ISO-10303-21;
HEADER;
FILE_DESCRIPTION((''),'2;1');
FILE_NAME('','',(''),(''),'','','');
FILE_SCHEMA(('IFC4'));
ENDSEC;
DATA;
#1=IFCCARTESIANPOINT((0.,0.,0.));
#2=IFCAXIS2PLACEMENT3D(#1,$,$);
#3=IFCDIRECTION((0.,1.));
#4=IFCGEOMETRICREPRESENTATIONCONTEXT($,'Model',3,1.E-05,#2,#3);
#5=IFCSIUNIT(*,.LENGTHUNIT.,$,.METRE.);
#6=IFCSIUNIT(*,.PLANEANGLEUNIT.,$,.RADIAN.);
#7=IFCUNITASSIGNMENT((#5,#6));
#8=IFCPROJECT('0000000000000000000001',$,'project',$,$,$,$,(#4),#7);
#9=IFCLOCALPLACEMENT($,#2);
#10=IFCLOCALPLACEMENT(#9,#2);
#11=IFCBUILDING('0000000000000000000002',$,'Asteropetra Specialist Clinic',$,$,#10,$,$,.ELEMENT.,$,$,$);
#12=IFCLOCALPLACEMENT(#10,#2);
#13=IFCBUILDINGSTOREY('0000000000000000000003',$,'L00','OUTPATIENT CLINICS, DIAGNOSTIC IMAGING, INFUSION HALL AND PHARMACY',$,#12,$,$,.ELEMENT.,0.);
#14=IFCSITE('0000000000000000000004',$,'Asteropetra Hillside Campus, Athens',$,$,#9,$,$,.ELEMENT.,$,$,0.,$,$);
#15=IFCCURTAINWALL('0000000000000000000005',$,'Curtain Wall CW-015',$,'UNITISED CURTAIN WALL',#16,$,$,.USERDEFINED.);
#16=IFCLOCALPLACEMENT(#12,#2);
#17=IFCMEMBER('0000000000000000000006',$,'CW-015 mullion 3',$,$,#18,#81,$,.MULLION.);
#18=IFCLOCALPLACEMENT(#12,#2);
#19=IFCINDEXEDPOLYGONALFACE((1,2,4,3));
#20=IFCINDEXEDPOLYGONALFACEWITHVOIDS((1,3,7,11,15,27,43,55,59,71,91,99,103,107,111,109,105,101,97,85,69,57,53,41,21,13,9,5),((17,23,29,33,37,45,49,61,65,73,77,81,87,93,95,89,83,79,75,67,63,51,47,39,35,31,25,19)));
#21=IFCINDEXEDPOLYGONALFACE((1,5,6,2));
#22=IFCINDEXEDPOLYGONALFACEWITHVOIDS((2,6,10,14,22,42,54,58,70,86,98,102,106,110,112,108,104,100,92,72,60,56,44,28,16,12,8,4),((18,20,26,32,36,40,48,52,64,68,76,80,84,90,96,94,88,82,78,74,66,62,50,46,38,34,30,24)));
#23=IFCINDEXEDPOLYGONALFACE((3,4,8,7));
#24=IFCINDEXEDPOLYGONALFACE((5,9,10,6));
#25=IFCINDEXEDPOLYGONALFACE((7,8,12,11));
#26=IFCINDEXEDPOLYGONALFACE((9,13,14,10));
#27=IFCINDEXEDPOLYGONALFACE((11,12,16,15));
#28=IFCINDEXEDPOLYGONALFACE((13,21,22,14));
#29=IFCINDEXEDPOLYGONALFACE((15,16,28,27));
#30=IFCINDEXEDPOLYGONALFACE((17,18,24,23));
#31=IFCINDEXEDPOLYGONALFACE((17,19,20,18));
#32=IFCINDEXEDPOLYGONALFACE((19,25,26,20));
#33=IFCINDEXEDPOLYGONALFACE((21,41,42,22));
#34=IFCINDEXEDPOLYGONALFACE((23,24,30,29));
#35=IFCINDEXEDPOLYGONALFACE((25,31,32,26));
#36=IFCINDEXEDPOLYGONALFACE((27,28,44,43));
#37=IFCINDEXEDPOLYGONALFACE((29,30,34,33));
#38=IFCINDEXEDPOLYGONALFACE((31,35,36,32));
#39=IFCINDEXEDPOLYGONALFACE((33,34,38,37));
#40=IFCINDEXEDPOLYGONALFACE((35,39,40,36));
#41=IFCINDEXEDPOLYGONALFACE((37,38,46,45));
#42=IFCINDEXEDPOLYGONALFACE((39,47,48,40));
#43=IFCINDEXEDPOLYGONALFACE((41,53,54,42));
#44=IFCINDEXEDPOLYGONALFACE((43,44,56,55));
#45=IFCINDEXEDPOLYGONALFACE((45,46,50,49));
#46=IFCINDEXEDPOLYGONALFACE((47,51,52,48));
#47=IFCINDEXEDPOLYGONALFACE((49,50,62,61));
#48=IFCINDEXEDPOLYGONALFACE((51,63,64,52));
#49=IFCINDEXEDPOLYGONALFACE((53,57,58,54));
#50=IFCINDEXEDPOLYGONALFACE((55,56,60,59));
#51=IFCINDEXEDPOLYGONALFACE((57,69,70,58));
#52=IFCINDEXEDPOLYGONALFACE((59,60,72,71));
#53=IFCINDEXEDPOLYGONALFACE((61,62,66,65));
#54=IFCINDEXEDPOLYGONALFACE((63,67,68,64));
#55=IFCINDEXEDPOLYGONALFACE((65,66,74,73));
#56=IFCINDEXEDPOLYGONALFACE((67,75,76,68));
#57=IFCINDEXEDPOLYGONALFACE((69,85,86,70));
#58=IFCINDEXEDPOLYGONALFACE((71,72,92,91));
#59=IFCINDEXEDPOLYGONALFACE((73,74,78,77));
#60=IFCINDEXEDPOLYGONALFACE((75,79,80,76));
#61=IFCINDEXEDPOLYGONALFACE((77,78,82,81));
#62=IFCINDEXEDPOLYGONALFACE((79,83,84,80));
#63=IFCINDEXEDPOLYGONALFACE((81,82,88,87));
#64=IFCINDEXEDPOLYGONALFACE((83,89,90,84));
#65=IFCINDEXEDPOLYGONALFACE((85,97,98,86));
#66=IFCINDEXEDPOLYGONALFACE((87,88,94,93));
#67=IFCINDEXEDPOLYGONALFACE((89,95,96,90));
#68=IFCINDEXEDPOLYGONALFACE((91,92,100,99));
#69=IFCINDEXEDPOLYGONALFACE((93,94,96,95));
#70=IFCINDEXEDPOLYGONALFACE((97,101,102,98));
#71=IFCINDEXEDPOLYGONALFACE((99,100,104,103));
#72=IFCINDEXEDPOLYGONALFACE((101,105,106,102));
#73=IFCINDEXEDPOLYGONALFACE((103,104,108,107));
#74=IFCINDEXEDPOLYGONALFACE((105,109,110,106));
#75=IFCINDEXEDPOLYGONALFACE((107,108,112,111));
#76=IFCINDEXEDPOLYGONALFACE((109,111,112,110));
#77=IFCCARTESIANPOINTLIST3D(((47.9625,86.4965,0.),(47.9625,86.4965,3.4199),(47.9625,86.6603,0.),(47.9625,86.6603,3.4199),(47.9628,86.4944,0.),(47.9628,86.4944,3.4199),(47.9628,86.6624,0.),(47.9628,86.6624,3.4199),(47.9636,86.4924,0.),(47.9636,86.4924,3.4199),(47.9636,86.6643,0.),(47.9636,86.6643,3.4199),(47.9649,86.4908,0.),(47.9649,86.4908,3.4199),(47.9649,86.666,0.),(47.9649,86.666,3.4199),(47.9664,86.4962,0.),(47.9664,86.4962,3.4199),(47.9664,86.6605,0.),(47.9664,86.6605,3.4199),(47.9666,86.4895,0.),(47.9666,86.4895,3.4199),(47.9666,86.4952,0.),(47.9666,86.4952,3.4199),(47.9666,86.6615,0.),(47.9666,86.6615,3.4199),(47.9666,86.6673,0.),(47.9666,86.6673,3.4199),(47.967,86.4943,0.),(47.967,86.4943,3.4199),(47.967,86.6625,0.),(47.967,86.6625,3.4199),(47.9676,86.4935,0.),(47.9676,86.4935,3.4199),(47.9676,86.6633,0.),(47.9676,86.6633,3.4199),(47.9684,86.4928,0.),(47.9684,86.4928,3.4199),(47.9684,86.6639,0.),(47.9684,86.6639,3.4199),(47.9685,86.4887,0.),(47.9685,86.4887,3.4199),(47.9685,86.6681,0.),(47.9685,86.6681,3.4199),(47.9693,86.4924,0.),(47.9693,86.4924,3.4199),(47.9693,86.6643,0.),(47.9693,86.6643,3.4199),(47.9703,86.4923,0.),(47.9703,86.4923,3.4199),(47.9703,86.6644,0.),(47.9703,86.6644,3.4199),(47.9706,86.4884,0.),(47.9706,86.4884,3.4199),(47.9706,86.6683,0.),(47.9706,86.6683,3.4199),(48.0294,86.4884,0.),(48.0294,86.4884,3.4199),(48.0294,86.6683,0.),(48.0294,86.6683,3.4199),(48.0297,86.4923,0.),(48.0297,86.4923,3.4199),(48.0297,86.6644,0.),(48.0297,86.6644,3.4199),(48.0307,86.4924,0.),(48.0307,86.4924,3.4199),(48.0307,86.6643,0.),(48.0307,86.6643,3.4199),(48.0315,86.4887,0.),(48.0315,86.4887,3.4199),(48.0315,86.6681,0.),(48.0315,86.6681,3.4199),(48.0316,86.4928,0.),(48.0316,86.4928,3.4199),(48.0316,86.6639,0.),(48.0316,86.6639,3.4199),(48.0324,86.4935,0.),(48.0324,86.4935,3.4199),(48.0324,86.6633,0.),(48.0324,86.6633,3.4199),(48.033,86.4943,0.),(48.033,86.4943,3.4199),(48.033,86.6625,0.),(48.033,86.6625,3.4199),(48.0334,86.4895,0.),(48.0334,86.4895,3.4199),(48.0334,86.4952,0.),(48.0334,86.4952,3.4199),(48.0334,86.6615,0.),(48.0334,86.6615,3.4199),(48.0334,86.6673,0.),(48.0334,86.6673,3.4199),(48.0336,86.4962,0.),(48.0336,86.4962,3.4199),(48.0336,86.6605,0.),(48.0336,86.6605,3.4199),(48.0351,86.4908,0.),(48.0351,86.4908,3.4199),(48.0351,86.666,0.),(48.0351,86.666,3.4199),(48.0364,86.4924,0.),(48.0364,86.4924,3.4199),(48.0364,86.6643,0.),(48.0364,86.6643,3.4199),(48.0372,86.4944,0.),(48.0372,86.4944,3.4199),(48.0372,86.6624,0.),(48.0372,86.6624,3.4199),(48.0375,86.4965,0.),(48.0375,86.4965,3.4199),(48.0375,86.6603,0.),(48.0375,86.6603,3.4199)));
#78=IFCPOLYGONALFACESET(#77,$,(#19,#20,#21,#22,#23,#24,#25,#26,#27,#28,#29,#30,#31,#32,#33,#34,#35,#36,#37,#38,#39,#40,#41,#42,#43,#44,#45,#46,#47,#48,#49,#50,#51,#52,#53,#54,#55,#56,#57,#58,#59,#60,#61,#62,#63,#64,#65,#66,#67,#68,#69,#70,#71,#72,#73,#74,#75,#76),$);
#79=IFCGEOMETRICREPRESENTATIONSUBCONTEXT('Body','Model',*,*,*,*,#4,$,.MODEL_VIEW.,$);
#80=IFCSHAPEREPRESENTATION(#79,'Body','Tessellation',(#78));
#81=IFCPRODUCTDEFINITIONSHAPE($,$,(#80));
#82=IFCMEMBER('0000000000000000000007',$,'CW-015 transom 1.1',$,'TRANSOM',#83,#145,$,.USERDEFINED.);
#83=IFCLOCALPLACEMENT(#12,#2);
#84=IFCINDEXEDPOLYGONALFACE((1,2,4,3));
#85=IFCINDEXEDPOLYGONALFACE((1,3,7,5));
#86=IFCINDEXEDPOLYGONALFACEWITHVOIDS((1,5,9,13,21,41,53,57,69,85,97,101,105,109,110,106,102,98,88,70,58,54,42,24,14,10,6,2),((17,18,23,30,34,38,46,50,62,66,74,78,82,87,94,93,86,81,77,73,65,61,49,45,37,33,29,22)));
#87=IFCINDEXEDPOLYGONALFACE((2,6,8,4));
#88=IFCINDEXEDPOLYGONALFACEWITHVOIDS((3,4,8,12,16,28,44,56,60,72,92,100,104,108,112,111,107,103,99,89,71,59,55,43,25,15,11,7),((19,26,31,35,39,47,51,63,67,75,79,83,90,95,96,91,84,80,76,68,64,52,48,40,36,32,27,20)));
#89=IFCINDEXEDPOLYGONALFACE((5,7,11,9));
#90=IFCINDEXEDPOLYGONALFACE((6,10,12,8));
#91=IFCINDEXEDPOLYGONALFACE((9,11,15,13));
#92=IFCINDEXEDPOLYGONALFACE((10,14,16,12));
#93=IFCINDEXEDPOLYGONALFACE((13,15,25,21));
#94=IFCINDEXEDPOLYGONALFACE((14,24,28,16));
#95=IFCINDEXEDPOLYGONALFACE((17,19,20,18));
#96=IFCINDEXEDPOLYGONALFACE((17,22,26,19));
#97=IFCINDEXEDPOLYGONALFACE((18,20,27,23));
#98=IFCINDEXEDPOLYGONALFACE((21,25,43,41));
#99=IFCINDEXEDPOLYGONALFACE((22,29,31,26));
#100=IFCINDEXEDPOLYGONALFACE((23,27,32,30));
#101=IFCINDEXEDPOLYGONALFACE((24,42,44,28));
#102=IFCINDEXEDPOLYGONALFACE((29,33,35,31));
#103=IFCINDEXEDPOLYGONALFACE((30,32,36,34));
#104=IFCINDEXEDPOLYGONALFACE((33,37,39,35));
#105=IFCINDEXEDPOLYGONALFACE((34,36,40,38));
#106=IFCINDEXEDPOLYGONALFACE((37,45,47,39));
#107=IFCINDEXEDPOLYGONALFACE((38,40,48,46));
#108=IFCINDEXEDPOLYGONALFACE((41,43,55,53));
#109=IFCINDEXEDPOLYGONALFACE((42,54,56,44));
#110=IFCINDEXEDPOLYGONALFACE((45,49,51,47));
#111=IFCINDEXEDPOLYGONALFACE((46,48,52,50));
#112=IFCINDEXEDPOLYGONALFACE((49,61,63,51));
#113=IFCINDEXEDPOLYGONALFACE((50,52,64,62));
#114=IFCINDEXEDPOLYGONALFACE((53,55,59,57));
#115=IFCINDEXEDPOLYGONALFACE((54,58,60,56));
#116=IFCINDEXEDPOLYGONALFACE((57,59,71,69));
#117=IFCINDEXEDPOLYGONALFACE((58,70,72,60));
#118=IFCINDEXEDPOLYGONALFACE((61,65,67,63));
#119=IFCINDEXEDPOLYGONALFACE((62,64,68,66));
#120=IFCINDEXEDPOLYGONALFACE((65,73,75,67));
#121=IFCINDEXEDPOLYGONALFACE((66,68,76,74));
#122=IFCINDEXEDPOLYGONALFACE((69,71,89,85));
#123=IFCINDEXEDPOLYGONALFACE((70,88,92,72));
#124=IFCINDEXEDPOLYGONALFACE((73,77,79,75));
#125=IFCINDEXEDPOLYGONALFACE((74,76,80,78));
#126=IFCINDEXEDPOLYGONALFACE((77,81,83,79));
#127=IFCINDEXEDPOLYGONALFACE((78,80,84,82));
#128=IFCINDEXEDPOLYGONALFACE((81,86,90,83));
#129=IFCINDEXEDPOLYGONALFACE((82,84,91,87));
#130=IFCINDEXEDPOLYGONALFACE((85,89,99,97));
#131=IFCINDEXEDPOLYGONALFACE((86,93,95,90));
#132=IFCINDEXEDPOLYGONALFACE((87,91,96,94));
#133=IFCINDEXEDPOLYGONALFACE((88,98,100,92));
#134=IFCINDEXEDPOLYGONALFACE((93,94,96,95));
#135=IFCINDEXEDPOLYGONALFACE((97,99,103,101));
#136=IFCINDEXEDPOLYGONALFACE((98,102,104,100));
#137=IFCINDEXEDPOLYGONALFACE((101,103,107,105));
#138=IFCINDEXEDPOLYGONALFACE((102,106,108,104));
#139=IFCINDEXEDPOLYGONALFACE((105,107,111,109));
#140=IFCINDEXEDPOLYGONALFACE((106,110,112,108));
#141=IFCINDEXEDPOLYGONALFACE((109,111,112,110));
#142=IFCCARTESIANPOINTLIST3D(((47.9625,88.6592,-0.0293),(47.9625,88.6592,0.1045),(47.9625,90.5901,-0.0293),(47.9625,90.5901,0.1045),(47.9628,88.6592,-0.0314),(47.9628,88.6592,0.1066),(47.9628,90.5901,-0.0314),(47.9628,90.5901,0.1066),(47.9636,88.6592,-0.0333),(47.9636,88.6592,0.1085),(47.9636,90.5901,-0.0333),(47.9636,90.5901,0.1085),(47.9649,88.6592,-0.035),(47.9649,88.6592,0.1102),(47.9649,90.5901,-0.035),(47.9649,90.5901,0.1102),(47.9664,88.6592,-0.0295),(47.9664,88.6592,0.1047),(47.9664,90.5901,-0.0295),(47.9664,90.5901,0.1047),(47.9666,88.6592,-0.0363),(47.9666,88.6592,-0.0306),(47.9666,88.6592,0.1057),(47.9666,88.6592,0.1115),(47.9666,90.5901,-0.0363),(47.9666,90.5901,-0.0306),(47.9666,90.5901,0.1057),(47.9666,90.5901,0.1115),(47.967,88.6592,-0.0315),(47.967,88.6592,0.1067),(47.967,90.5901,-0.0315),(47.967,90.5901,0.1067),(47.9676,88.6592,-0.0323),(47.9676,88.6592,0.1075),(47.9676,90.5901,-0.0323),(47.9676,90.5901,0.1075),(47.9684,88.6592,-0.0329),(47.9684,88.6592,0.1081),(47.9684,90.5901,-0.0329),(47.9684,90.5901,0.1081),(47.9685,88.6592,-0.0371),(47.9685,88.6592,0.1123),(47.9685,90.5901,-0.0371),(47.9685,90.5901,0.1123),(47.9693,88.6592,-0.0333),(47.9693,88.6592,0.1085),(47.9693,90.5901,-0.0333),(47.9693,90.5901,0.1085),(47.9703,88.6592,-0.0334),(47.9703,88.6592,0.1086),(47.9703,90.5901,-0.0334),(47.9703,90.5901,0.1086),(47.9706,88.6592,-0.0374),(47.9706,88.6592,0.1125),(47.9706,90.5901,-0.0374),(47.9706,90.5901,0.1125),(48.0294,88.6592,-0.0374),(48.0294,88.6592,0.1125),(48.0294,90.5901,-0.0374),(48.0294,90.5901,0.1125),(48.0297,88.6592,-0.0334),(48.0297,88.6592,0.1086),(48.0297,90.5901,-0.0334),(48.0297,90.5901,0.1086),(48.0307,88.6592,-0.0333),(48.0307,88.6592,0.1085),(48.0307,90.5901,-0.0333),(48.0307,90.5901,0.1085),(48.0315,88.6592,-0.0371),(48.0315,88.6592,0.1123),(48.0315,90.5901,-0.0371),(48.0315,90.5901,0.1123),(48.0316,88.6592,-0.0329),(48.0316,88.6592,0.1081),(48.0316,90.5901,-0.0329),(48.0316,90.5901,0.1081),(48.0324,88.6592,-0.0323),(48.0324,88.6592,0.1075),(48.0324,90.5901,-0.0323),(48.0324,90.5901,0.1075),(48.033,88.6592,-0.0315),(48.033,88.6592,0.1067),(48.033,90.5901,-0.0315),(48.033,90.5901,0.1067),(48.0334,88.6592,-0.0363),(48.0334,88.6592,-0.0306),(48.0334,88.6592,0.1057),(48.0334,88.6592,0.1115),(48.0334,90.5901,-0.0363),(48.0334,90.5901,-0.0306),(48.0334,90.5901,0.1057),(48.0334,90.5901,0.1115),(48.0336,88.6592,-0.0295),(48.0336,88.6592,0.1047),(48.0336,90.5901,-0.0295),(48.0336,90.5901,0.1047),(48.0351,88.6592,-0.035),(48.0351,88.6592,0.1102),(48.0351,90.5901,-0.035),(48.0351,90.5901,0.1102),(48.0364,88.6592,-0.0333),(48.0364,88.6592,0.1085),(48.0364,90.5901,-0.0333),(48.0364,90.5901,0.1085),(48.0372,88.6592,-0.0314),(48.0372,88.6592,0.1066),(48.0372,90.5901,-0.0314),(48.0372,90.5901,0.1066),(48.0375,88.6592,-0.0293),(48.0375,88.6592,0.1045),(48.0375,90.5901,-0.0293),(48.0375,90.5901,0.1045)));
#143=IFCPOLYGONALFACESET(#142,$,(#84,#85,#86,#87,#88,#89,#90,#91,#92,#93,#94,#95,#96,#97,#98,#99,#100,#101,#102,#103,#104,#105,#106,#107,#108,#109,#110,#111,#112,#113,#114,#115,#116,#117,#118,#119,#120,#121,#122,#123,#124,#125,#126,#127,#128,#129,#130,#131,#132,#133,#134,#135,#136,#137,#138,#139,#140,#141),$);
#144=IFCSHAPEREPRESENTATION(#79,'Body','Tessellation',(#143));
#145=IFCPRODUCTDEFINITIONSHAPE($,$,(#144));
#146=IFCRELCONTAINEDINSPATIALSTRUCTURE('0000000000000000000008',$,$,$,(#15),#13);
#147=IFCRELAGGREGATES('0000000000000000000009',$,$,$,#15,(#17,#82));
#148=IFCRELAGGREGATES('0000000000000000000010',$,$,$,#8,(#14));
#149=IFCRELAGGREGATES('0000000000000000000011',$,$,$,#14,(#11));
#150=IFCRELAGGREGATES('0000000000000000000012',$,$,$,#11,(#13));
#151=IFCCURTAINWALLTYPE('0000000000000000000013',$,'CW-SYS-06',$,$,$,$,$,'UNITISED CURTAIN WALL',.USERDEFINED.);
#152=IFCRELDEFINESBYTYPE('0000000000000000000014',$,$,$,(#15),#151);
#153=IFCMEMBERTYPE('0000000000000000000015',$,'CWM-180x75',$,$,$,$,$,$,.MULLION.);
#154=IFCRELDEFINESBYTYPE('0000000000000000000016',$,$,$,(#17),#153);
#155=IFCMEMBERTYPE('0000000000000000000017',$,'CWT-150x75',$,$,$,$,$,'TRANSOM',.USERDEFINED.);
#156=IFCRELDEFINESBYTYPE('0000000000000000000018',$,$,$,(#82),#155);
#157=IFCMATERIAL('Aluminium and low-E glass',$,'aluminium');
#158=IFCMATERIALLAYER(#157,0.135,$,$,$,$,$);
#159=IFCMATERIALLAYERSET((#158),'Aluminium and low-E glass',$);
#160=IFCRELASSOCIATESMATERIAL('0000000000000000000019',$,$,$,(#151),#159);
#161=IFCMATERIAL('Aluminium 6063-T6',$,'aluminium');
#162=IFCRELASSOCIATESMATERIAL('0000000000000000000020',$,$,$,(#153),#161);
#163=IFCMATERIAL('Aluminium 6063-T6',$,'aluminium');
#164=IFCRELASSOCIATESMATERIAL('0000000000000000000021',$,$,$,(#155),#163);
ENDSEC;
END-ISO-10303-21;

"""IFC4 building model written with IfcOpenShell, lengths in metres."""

from ifc_helpers import new_model, si_unit, direction, frame, origin, origin_2d, place, context, subcontext, project, spatial, hollow_rectangle, extrude, material, layer, layer_set, material_profile, profile_set, type_object, element, aggregate, save


model = new_model("IFC4")

# Units and contexts
model_context = context("Model", 3, precision=1e-05, world=origin(), true_north=direction((0.0, 1.0)))
body_context = subcontext(model_context, "Body", "Model", "MODEL_VIEW")
ifc_project = project(units=[si_unit("LENGTHUNIT", "METRE"), si_unit("PLANEANGLEUNIT", "RADIAN")], contexts=[model_context])

# Site, building, storey
site_placement = place(None, origin())
site = spatial("IfcSite", under=ifc_project, at=site_placement, Name="Asteropetra Hillside Campus, Athens", CompositionType="ELEMENT", RefElevation=0.0)
building_placement = place(site_placement, origin())
building = spatial("IfcBuilding", under=site, at=building_placement, Name="Asteropetra Specialist Clinic", CompositionType="ELEMENT")
storey_placement = place(building_placement, origin())
storey = spatial("IfcBuildingStorey", under=building, at=storey_placement, Name="L00", Description="OUTPATIENT CLINICS, DIAGNOSTIC IMAGING, INFUSION HALL AND PHARMACY", CompositionType="ELEMENT", Elevation=0.0)

# Curtain wall, members
ifc_material_1 = material(Name="Aluminium and low-E glass", Category="aluminium")
ifc_layer_1 = layer(ifc_material_1, 0.135)
ifc_layer_set_1 = layer_set([ifc_layer_1], Name="Aluminium and low-E glass")
curtain_wall_type_1 = type_object("IfcCurtainWallType", Name="CW-SYS-06", ElementType="UNITISED CURTAIN WALL", PredefinedType="USERDEFINED", material=ifc_layer_set_1)
curtain_wall_1_placement = place(storey_placement, origin())
curtain_wall_1 = element("IfcCurtainWall", 1, at=curtain_wall_1_placement, inside=storey, type_object=curtain_wall_type_1, Name="Curtain Wall CW-015", ObjectType="UNITISED CURTAIN WALL", PredefinedType="USERDEFINED")
ifc_material_2 = material(Name="Aluminium 6063-T6", Category="aluminium")
ifc_material_profile_1 = material_profile(ifc_material_2, hollow_rectangle(XDim=0.075, YDim=0.1799, WallThickness=0.0039, InnerFilletRadius=0.0039, OuterFilletRadius=0.0081, at=origin_2d()), Name="MUL 180x75x4.0")
ifc_profile_set_1 = profile_set([ifc_material_profile_1], Name="Aluminium 6063-T6")
member_type_1 = type_object("IfcMemberType", Name="CWM-180x75", PredefinedType="MULLION", material=ifc_profile_set_1)
member_1_placement = place(storey_placement, frame((48.0, 86.5784, 0.0), z_axis=(0.0, 0.0, 1.0), x_axis=(1.0, 0.0, 0.0)))
member_1 = element("IfcMember", 2, at=member_1_placement, type_object=member_type_1, Name="CW-015 mullion 3", PredefinedType="MULLION", context=body_context, shape_type="SweptSolid", body=[
    extrude(hollow_rectangle(XDim=0.075, YDim=0.1799, WallThickness=0.0039, InnerFilletRadius=0.0039, OuterFilletRadius=0.0081, at=origin_2d()), origin(), (0.0, 0.0, 1.0), 3.4199),
])
ifc_material_3 = material(Name="Aluminium 6063-T6", Category="aluminium")
ifc_material_profile_2 = material_profile(ifc_material_3, hollow_rectangle(XDim=0.075, YDim=0.1499, WallThickness=0.0039, InnerFilletRadius=0.0039, OuterFilletRadius=0.0081, at=origin_2d()), Name="TRN 150x75x4.0")
ifc_profile_set_2 = profile_set([ifc_material_profile_2], Name="Aluminium 6063-T6")
member_type_2 = type_object("IfcMemberType", Name="CWT-150x75", ElementType="TRANSOM", PredefinedType="USERDEFINED", material=ifc_profile_set_2)
member_2_placement = place(storey_placement, frame((48.0, 90.5901, 0.0376), z_axis=(0.0, -1.0, 0.0), x_axis=(1.0, 0.0, 0.0)))
member_2 = element("IfcMember", 3, at=member_2_placement, type_object=member_type_2, Name="CW-015 transom 1.1", ObjectType="TRANSOM", PredefinedType="USERDEFINED", context=body_context, shape_type="SweptSolid", body=[
    extrude(hollow_rectangle(XDim=0.075, YDim=0.1499, WallThickness=0.0039, InnerFilletRadius=0.0039, OuterFilletRadius=0.0081, at=origin_2d()), origin(), (0.0, 0.0, 1.0), 1.9309),
])
aggregate(curtain_wall_1, [member_1, member_2])

save(model, "model.ifc")
